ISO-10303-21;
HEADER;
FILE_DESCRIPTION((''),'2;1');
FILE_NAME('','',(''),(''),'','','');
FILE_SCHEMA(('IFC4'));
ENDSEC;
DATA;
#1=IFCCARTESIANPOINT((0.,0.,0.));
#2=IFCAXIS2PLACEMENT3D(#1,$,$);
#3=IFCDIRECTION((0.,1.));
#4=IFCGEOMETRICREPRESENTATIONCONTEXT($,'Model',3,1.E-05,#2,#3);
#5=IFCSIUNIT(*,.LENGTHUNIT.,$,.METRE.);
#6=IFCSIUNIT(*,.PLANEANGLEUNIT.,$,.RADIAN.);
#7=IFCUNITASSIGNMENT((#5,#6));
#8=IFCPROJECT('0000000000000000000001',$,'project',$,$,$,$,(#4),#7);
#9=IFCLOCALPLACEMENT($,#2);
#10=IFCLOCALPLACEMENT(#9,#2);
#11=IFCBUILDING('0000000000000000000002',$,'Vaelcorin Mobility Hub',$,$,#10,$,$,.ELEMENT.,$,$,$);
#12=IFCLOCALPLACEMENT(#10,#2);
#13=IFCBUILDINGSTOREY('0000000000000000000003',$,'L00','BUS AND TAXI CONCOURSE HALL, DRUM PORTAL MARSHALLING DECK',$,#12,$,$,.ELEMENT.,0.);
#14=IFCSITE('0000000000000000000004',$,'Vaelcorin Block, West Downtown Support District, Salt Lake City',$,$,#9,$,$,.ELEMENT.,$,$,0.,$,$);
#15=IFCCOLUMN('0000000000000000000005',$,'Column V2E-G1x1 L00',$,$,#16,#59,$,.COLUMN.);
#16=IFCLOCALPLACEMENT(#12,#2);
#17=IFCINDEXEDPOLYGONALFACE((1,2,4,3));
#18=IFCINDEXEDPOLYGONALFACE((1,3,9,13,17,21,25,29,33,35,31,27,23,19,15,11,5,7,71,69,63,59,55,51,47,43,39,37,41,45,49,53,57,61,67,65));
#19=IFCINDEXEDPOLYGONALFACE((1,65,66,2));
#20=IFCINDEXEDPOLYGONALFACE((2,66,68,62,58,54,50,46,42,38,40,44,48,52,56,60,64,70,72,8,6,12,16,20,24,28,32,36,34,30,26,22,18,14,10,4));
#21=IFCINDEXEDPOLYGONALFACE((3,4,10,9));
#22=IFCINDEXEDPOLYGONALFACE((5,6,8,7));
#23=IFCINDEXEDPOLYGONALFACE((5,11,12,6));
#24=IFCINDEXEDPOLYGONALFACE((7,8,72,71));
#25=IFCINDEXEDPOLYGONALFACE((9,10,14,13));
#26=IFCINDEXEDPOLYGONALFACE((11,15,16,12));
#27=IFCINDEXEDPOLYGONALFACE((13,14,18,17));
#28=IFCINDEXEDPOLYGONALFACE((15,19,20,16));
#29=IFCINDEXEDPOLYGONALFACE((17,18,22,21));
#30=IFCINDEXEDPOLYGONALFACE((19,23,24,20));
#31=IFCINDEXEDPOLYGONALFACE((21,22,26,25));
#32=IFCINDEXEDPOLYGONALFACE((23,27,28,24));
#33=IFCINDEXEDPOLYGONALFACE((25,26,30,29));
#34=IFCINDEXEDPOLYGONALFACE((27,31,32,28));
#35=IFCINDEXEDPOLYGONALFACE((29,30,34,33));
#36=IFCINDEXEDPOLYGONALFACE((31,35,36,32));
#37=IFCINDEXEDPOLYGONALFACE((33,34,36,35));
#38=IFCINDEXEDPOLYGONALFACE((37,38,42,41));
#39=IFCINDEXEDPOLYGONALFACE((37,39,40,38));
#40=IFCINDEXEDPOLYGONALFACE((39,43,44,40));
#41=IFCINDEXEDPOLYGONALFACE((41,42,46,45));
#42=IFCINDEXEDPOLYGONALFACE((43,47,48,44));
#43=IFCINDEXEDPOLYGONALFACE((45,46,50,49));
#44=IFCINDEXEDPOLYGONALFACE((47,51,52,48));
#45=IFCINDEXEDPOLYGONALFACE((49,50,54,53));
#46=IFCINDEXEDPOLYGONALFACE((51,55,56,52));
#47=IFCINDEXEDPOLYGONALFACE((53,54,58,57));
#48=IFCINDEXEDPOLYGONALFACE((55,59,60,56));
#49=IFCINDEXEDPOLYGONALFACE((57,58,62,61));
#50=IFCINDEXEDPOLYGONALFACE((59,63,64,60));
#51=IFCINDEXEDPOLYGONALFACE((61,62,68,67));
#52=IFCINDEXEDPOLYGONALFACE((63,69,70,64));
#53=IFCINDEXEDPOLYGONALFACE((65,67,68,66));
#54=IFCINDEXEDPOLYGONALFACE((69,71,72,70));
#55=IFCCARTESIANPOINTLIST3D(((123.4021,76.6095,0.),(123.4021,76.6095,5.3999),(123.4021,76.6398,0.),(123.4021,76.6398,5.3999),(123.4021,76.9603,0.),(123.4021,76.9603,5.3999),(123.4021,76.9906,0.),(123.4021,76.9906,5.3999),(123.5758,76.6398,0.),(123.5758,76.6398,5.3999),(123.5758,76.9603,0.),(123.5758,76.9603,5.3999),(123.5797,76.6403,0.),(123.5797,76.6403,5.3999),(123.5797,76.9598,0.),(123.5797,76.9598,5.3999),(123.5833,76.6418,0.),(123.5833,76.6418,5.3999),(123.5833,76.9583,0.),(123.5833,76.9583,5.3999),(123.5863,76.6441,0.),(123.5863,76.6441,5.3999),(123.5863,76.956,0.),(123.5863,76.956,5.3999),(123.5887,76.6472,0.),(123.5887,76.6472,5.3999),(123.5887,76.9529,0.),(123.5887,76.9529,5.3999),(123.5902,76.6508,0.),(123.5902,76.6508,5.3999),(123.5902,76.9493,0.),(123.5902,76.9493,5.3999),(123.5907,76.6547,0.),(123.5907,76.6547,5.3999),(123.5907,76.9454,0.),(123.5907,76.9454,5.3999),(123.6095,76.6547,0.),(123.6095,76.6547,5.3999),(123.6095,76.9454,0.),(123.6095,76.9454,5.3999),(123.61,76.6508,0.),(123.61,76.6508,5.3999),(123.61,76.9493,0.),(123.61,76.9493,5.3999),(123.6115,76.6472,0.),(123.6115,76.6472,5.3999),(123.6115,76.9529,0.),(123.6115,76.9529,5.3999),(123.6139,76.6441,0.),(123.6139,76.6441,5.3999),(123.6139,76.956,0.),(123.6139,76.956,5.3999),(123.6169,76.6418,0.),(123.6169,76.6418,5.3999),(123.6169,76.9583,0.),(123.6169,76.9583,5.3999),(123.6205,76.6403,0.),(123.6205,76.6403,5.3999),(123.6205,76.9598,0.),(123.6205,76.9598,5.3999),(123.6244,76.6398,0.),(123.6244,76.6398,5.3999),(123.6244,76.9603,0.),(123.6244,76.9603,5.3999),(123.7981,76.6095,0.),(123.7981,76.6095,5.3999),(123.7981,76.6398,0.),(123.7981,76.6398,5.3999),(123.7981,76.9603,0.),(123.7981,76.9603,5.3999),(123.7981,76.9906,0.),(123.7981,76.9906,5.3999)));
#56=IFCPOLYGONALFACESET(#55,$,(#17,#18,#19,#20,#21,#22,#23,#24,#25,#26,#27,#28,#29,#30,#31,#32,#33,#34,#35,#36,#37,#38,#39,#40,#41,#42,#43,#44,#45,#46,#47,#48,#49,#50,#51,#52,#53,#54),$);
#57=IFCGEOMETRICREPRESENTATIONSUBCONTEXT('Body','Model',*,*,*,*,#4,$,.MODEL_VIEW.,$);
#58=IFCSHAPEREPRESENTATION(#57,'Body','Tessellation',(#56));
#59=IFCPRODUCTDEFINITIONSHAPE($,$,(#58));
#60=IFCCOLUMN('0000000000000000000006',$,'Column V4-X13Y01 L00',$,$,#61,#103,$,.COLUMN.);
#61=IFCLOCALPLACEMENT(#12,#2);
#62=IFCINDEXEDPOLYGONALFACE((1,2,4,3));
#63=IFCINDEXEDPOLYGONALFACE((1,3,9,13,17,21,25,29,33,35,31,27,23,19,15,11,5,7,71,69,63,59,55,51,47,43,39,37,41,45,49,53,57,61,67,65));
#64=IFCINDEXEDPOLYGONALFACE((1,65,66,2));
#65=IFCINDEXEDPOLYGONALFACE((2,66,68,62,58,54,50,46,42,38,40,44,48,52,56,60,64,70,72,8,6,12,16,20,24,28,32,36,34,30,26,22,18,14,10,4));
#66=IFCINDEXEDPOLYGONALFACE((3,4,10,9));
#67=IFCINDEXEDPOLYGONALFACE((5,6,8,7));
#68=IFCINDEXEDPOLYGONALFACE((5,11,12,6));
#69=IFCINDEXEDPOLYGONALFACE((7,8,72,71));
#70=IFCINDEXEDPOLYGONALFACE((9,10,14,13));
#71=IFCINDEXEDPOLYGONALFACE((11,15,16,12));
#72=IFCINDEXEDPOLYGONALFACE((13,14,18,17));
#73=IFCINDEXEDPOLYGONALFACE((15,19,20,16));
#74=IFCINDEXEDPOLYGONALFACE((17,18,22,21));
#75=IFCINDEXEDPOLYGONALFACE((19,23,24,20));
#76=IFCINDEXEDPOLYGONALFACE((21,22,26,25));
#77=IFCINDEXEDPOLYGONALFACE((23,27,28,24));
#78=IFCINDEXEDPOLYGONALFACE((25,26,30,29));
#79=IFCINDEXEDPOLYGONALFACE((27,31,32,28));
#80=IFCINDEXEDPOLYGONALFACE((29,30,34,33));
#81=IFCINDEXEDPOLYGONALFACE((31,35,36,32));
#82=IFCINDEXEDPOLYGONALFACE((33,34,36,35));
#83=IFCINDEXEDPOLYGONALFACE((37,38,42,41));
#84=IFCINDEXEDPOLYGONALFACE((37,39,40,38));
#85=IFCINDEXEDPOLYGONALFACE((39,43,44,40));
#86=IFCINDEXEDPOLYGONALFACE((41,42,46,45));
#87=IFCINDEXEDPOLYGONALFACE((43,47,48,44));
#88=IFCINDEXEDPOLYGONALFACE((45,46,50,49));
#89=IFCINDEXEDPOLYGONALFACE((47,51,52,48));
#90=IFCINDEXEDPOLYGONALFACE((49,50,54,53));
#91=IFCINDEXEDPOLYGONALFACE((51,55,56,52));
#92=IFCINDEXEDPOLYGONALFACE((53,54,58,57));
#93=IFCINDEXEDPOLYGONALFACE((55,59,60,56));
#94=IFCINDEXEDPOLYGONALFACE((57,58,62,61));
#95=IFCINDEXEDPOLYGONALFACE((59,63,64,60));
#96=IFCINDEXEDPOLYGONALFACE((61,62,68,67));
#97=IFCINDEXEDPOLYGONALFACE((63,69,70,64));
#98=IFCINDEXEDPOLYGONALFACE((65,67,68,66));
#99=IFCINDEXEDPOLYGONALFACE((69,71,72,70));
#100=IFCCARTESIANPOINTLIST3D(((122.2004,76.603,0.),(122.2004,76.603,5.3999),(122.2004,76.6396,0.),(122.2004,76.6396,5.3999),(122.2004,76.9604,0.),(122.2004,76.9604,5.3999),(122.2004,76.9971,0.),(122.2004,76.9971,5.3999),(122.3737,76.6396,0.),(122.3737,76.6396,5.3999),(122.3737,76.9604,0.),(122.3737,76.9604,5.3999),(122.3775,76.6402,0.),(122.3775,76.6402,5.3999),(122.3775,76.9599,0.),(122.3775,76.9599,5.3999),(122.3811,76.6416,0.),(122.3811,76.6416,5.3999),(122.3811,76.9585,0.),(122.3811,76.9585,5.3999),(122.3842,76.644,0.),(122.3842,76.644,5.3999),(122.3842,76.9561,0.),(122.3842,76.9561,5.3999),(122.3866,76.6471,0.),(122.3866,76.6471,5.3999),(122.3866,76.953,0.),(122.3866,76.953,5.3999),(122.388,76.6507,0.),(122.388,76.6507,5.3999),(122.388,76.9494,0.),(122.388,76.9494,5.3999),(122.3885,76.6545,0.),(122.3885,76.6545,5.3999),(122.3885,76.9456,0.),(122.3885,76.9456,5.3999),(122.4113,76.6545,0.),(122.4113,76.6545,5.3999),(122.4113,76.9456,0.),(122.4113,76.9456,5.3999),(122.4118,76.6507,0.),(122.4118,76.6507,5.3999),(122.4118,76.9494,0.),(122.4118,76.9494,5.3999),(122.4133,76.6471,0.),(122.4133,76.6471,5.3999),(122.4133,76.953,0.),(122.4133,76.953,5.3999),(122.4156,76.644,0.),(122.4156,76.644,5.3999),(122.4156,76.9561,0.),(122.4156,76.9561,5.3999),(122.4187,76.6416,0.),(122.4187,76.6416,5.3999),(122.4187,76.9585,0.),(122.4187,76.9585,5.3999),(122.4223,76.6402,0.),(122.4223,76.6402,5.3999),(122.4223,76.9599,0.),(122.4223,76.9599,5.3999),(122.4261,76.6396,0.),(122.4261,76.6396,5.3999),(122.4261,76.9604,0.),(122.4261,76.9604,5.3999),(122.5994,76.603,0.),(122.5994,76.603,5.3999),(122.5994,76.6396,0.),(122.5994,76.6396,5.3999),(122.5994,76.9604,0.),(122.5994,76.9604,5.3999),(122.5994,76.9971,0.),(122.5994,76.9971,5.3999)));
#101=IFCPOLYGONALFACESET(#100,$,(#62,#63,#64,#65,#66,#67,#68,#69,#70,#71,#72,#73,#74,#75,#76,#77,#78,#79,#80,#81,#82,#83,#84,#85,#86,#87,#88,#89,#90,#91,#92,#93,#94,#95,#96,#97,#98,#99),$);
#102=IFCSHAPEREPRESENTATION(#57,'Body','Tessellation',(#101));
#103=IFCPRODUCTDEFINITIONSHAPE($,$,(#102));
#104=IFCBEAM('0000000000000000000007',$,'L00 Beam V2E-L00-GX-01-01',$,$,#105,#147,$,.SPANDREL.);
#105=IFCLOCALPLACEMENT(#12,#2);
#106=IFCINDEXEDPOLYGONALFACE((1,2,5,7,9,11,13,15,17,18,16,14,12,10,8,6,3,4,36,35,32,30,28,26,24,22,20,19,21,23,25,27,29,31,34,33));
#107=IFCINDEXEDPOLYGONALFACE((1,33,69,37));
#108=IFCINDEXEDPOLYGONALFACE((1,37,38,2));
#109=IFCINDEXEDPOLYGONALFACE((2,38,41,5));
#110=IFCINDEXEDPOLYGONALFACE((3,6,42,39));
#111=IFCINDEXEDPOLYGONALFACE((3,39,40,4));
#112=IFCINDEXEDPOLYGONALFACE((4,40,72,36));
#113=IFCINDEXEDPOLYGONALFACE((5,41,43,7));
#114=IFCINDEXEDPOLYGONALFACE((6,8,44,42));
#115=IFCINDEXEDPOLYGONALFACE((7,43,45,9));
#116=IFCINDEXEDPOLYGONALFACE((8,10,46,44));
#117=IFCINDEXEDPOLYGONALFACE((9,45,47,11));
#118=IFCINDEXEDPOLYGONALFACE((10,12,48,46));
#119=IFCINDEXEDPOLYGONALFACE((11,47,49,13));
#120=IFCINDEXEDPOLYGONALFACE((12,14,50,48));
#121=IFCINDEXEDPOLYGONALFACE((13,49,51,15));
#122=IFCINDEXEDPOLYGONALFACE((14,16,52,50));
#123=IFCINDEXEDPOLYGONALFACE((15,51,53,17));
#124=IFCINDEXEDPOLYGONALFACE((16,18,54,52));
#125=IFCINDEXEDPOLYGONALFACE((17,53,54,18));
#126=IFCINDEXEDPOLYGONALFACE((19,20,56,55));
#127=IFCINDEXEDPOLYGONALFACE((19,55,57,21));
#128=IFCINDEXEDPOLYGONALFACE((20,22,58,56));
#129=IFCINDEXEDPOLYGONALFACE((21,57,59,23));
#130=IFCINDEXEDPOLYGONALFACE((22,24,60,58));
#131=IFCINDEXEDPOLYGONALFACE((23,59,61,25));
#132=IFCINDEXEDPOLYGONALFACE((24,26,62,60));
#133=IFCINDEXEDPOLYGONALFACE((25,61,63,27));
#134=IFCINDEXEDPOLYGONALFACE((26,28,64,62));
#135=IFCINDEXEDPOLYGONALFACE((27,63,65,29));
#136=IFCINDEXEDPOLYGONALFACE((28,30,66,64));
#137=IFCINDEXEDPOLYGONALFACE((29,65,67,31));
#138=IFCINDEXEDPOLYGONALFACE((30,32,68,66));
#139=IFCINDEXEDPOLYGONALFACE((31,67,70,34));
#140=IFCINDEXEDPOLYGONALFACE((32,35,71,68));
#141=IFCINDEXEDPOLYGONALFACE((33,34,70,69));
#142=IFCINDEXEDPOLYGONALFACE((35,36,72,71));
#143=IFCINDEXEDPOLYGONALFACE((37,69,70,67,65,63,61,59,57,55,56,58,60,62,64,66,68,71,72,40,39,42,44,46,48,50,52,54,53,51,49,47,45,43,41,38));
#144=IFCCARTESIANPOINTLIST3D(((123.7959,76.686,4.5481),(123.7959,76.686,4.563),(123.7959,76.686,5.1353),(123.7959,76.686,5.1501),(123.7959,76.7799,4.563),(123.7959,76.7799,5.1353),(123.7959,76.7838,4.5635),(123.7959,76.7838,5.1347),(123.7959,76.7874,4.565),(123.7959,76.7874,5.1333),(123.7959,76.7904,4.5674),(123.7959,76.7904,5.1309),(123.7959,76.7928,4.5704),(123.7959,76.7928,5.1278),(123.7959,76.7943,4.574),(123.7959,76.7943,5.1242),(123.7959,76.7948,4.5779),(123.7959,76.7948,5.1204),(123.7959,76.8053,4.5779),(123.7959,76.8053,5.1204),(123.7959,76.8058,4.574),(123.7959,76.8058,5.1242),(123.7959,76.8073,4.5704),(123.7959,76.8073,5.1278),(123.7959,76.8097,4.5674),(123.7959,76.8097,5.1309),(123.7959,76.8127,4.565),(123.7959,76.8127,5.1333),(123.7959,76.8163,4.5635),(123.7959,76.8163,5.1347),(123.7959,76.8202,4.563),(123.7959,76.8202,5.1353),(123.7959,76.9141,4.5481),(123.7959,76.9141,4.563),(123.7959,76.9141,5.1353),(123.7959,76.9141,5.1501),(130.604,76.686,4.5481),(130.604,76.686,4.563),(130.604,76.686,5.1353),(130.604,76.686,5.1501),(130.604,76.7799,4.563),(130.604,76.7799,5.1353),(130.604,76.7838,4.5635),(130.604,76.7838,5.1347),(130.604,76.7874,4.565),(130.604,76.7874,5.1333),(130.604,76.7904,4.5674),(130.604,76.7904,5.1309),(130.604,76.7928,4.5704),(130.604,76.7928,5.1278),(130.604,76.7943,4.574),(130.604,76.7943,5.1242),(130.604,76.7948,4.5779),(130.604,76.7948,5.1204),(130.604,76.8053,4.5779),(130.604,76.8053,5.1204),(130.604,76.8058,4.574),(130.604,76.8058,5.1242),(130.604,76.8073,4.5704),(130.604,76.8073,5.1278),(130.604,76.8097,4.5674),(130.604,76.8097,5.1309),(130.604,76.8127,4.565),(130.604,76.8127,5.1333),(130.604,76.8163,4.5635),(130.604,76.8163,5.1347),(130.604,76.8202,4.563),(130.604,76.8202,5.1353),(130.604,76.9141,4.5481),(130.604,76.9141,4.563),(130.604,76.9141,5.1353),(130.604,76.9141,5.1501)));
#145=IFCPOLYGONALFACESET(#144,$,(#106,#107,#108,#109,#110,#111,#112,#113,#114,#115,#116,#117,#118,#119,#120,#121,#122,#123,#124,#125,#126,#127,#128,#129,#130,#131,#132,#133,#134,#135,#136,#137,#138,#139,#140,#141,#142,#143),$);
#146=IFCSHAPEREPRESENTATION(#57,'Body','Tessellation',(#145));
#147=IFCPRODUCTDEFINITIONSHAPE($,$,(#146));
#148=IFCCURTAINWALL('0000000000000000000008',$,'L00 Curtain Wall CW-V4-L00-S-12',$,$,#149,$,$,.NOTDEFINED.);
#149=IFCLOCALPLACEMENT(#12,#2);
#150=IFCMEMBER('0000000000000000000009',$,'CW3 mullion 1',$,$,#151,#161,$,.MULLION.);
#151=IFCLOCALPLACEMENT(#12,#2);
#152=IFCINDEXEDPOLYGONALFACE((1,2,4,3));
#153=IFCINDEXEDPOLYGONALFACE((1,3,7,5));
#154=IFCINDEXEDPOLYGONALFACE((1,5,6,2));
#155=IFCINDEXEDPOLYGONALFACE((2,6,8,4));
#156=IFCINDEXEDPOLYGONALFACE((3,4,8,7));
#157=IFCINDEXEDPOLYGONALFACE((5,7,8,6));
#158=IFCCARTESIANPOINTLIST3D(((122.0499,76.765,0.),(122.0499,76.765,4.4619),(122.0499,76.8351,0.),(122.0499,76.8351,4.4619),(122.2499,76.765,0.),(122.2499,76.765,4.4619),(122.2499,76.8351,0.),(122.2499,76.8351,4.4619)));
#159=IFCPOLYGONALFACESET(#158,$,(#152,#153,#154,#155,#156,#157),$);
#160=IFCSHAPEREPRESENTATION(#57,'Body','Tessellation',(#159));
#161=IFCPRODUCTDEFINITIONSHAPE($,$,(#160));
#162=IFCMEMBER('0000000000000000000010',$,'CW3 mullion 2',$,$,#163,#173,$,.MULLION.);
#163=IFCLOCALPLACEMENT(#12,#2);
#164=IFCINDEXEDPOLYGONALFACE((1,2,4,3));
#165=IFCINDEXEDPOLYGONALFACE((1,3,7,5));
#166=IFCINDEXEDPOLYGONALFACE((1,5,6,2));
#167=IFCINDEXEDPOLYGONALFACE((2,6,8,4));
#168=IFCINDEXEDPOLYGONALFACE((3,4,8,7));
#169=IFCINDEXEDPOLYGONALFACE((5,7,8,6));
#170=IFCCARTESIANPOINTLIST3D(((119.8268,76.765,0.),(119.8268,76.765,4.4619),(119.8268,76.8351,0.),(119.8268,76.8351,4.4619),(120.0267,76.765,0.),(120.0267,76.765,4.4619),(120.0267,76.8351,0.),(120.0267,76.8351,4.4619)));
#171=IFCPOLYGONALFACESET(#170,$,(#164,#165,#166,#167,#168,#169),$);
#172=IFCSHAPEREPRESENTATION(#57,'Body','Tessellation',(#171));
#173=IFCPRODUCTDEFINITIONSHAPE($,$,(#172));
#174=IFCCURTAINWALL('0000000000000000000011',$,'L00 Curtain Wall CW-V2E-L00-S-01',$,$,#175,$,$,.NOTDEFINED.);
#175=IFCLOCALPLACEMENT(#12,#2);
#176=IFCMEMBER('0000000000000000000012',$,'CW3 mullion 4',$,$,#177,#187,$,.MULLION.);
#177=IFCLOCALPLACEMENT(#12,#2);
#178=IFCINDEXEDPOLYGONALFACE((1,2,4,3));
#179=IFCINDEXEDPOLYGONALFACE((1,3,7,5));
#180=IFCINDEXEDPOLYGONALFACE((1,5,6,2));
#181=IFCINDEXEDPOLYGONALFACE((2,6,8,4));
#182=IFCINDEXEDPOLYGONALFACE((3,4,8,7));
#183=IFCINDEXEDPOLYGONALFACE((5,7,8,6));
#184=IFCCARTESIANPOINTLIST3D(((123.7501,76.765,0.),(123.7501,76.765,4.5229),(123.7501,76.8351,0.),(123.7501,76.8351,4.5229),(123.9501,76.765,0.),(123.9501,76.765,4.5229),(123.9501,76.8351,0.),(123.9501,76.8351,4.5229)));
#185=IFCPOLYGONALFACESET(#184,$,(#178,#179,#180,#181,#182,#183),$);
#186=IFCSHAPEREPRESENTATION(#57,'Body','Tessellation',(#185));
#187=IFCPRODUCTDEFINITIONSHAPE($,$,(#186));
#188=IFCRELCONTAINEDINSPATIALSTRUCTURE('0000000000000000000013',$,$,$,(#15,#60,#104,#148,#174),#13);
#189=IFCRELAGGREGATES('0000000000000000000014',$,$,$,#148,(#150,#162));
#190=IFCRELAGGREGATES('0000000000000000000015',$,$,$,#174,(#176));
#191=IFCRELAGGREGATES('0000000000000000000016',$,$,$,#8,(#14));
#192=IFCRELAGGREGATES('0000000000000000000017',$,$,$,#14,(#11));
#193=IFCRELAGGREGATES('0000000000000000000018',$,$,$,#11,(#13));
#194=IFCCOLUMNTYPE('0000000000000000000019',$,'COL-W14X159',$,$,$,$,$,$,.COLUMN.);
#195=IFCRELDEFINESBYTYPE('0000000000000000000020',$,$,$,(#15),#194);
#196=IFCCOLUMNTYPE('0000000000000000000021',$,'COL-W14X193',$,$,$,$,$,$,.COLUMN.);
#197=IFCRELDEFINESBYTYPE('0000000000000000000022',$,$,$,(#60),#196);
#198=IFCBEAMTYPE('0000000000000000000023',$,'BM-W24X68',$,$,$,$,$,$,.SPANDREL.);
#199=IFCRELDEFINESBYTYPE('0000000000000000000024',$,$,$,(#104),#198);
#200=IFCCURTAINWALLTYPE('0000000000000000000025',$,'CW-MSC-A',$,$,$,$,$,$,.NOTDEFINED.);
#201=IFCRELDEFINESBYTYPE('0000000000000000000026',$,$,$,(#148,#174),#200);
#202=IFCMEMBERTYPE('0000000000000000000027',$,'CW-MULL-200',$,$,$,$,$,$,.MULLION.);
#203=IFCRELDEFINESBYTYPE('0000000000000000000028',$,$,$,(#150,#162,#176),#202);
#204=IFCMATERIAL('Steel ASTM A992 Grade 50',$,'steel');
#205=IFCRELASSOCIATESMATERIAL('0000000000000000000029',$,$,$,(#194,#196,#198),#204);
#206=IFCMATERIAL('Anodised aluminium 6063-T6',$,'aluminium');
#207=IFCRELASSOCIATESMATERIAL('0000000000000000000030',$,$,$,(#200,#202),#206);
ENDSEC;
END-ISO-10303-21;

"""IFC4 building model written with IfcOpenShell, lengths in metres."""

from ifc_helpers import new_model, si_unit, direction, frame, origin, origin_2d, place, context, subcontext, project, spatial, rectangle, i_section, extrude, material, material_profile, profile_set, type_object, element, aggregate, save


model = new_model("IFC4")

# Units and contexts
model_context = context("Model", 3, precision=1e-05, world=origin(), true_north=direction((0.0, 1.0)))
body_context = subcontext(model_context, "Body", "Model", "MODEL_VIEW")
ifc_project = project(units=[si_unit("LENGTHUNIT", "METRE"), si_unit("PLANEANGLEUNIT", "RADIAN")], contexts=[model_context])

# Site, building, storey
site_placement = place(None, origin())
site = spatial("IfcSite", under=ifc_project, at=site_placement, Name="Vaelcorin Block, West Downtown Support District, Salt Lake City", CompositionType="ELEMENT", RefElevation=0.0)
building_placement = place(site_placement, origin())
building = spatial("IfcBuilding", under=site, at=building_placement, Name="Vaelcorin Mobility Hub", CompositionType="ELEMENT")
storey_placement = place(building_placement, origin())
storey = spatial("IfcBuildingStorey", under=building, at=storey_placement, Name="L00", Description="BUS AND TAXI CONCOURSE HALL, DRUM PORTAL MARSHALLING DECK", CompositionType="ELEMENT", Elevation=0.0)

# Columns
ifc_material_1 = material(Name="Steel ASTM A992 Grade 50", Category="steel")
ifc_material_profile_1 = material_profile(ifc_material_1, i_section(OverallWidth=0.396, OverallDepth=0.3811, WebThickness=0.0188, FlangeThickness=0.0303, FilletRadius=0.0149, at=origin_2d()), Name="W14X159")
ifc_profile_set_1 = profile_set([ifc_material_profile_1], Name="Steel ASTM A992 Grade 50")
column_type_1 = type_object("IfcColumnType", Name="COL-W14X159", PredefinedType="COLUMN", material=ifc_profile_set_1)
column_1_placement = place(storey_placement, frame((123.6001, 76.8, 0.0), z_axis=(0.0, 0.0, 1.0), x_axis=(1.0, 0.0, 0.0)))
element("IfcColumn", 1, at=column_1_placement, inside=storey, type_object=column_type_1, Name="Column V2E-G1x1 L00", PredefinedType="COLUMN", context=body_context, shape_type="SweptSolid", body=[
    extrude(i_section(OverallWidth=0.396, OverallDepth=0.3811, WebThickness=0.0188, FlangeThickness=0.0303, FilletRadius=0.0149, at=origin_2d()), origin(), (0.0, 0.0, 1.0), 5.3999),
])
ifc_material_profile_2 = material_profile(ifc_material_1, i_section(OverallWidth=0.3989, OverallDepth=0.394, WebThickness=0.0227, FlangeThickness=0.0366, FilletRadius=0.0149, at=origin_2d()), Name="W14X193")
ifc_profile_set_2 = profile_set([ifc_material_profile_2], Name="Steel ASTM A992 Grade 50")
column_type_2 = type_object("IfcColumnType", Name="COL-W14X193", PredefinedType="COLUMN", material=ifc_profile_set_2)
column_2_placement = place(storey_placement, frame((122.3999, 76.8, 0.0), z_axis=(0.0, 0.0, 1.0), x_axis=(1.0, 0.0, 0.0)))
element("IfcColumn", 2, at=column_2_placement, inside=storey, type_object=column_type_2, Name="Column V4-X13Y01 L00", PredefinedType="COLUMN", context=body_context, shape_type="SweptSolid", body=[
    extrude(i_section(OverallWidth=0.3989, OverallDepth=0.394, WebThickness=0.0227, FlangeThickness=0.0366, FilletRadius=0.0149, at=origin_2d()), origin(), (0.0, 0.0, 1.0), 5.3999),
])

# Beam
ifc_material_profile_3 = material_profile(ifc_material_1, i_section(OverallWidth=0.228, OverallDepth=0.6021, WebThickness=0.0105, FlangeThickness=0.0149, FilletRadius=0.0149, at=origin_2d()), Name="W24X68")
ifc_profile_set_3 = profile_set([ifc_material_profile_3], Name="Steel ASTM A992 Grade 50")
beam_type = type_object("IfcBeamType", Name="BM-W24X68", PredefinedType="SPANDREL", material=ifc_profile_set_3)
beam_placement = place(storey_placement, frame((123.7959, 76.8, 4.8491), z_axis=(1.0, 0.0, 0.0), x_axis=(0.0, 1.0, 0.0)))
element("IfcBeam", 3, at=beam_placement, inside=storey, type_object=beam_type, Name="L00 Beam V2E-L00-GX-01-01", PredefinedType="SPANDREL", context=body_context, shape_type="SweptSolid", body=[
    extrude(i_section(OverallWidth=0.228, OverallDepth=0.6021, WebThickness=0.0105, FlangeThickness=0.0149, FilletRadius=0.0149, at=origin_2d()), origin(), (0.0, 0.0, 1.0), 6.8081),
])

# Curtain wall, members
ifc_material_2 = material(Name="Anodised aluminium 6063-T6", Category="aluminium")
curtain_wall_type = type_object("IfcCurtainWallType", Name="CW-MSC-A", PredefinedType="NOTDEFINED", material=ifc_material_2)
curtain_wall_1_placement = place(storey_placement, origin())
curtain_wall_1 = element("IfcCurtainWall", 4, at=curtain_wall_1_placement, inside=storey, type_object=curtain_wall_type, Name="L00 Curtain Wall CW-V4-L00-S-12", PredefinedType="NOTDEFINED")
ifc_material_profile_4 = material_profile(ifc_material_2, rectangle(XDim=0.0701, YDim=0.2, at=origin_2d()), Name="ALU-M70X200")
ifc_profile_set_4 = profile_set([ifc_material_profile_4], Name="Anodised aluminium 6063-T6")
member_type_1 = type_object("IfcMemberType", Name="CW-MULL-200", PredefinedType="MULLION", material=ifc_profile_set_4)
member_1_placement = place(storey_placement, frame((122.1499, 76.8, 0.0), z_axis=(0.0, 0.0, 1.0), x_axis=(0.0, -1.0, 0.0)))
member_1 = element("IfcMember", 5, at=member_1_placement, type_object=member_type_1, Name="CW3 mullion 1", PredefinedType="MULLION", context=body_context, shape_type="SweptSolid", body=[
    extrude(rectangle(XDim=0.0701, YDim=0.2, at=origin_2d()), origin(), (0.0, 0.0, 1.0), 4.4619),
])
member_2_placement = place(storey_placement, frame((119.9268, 76.8, 0.0), z_axis=(0.0, 0.0, 1.0), x_axis=(0.0, -1.0, 0.0)))
member_2 = element("IfcMember", 6, at=member_2_placement, type_object=member_type_1, Name="CW3 mullion 2", PredefinedType="MULLION", context=body_context, shape_type="SweptSolid", body=[
    extrude(rectangle(XDim=0.0701, YDim=0.2, at=origin_2d()), origin(), (0.0, 0.0, 1.0), 4.4619),
])

# Curtain wall, member
curtain_wall_2_placement = place(storey_placement, origin())
curtain_wall_2 = element("IfcCurtainWall", 7, at=curtain_wall_2_placement, inside=storey, type_object=curtain_wall_type, Name="L00 Curtain Wall CW-V2E-L00-S-01", PredefinedType="NOTDEFINED")
member_3_placement = place(storey_placement, frame((123.8501, 76.8, 0.0), z_axis=(0.0, 0.0, 1.0), x_axis=(0.0, -1.0, 0.0)))
member_3 = element("IfcMember", 8, at=member_3_placement, type_object=member_type_1, Name="CW3 mullion 4", PredefinedType="MULLION", context=body_context, shape_type="SweptSolid", body=[
    extrude(rectangle(XDim=0.0701, YDim=0.2, at=origin_2d()), origin(), (0.0, 0.0, 1.0), 4.5229),
])

aggregate(curtain_wall_1, [member_1, member_2])
aggregate(curtain_wall_2, [member_3])

save(model, "model.ifc")
